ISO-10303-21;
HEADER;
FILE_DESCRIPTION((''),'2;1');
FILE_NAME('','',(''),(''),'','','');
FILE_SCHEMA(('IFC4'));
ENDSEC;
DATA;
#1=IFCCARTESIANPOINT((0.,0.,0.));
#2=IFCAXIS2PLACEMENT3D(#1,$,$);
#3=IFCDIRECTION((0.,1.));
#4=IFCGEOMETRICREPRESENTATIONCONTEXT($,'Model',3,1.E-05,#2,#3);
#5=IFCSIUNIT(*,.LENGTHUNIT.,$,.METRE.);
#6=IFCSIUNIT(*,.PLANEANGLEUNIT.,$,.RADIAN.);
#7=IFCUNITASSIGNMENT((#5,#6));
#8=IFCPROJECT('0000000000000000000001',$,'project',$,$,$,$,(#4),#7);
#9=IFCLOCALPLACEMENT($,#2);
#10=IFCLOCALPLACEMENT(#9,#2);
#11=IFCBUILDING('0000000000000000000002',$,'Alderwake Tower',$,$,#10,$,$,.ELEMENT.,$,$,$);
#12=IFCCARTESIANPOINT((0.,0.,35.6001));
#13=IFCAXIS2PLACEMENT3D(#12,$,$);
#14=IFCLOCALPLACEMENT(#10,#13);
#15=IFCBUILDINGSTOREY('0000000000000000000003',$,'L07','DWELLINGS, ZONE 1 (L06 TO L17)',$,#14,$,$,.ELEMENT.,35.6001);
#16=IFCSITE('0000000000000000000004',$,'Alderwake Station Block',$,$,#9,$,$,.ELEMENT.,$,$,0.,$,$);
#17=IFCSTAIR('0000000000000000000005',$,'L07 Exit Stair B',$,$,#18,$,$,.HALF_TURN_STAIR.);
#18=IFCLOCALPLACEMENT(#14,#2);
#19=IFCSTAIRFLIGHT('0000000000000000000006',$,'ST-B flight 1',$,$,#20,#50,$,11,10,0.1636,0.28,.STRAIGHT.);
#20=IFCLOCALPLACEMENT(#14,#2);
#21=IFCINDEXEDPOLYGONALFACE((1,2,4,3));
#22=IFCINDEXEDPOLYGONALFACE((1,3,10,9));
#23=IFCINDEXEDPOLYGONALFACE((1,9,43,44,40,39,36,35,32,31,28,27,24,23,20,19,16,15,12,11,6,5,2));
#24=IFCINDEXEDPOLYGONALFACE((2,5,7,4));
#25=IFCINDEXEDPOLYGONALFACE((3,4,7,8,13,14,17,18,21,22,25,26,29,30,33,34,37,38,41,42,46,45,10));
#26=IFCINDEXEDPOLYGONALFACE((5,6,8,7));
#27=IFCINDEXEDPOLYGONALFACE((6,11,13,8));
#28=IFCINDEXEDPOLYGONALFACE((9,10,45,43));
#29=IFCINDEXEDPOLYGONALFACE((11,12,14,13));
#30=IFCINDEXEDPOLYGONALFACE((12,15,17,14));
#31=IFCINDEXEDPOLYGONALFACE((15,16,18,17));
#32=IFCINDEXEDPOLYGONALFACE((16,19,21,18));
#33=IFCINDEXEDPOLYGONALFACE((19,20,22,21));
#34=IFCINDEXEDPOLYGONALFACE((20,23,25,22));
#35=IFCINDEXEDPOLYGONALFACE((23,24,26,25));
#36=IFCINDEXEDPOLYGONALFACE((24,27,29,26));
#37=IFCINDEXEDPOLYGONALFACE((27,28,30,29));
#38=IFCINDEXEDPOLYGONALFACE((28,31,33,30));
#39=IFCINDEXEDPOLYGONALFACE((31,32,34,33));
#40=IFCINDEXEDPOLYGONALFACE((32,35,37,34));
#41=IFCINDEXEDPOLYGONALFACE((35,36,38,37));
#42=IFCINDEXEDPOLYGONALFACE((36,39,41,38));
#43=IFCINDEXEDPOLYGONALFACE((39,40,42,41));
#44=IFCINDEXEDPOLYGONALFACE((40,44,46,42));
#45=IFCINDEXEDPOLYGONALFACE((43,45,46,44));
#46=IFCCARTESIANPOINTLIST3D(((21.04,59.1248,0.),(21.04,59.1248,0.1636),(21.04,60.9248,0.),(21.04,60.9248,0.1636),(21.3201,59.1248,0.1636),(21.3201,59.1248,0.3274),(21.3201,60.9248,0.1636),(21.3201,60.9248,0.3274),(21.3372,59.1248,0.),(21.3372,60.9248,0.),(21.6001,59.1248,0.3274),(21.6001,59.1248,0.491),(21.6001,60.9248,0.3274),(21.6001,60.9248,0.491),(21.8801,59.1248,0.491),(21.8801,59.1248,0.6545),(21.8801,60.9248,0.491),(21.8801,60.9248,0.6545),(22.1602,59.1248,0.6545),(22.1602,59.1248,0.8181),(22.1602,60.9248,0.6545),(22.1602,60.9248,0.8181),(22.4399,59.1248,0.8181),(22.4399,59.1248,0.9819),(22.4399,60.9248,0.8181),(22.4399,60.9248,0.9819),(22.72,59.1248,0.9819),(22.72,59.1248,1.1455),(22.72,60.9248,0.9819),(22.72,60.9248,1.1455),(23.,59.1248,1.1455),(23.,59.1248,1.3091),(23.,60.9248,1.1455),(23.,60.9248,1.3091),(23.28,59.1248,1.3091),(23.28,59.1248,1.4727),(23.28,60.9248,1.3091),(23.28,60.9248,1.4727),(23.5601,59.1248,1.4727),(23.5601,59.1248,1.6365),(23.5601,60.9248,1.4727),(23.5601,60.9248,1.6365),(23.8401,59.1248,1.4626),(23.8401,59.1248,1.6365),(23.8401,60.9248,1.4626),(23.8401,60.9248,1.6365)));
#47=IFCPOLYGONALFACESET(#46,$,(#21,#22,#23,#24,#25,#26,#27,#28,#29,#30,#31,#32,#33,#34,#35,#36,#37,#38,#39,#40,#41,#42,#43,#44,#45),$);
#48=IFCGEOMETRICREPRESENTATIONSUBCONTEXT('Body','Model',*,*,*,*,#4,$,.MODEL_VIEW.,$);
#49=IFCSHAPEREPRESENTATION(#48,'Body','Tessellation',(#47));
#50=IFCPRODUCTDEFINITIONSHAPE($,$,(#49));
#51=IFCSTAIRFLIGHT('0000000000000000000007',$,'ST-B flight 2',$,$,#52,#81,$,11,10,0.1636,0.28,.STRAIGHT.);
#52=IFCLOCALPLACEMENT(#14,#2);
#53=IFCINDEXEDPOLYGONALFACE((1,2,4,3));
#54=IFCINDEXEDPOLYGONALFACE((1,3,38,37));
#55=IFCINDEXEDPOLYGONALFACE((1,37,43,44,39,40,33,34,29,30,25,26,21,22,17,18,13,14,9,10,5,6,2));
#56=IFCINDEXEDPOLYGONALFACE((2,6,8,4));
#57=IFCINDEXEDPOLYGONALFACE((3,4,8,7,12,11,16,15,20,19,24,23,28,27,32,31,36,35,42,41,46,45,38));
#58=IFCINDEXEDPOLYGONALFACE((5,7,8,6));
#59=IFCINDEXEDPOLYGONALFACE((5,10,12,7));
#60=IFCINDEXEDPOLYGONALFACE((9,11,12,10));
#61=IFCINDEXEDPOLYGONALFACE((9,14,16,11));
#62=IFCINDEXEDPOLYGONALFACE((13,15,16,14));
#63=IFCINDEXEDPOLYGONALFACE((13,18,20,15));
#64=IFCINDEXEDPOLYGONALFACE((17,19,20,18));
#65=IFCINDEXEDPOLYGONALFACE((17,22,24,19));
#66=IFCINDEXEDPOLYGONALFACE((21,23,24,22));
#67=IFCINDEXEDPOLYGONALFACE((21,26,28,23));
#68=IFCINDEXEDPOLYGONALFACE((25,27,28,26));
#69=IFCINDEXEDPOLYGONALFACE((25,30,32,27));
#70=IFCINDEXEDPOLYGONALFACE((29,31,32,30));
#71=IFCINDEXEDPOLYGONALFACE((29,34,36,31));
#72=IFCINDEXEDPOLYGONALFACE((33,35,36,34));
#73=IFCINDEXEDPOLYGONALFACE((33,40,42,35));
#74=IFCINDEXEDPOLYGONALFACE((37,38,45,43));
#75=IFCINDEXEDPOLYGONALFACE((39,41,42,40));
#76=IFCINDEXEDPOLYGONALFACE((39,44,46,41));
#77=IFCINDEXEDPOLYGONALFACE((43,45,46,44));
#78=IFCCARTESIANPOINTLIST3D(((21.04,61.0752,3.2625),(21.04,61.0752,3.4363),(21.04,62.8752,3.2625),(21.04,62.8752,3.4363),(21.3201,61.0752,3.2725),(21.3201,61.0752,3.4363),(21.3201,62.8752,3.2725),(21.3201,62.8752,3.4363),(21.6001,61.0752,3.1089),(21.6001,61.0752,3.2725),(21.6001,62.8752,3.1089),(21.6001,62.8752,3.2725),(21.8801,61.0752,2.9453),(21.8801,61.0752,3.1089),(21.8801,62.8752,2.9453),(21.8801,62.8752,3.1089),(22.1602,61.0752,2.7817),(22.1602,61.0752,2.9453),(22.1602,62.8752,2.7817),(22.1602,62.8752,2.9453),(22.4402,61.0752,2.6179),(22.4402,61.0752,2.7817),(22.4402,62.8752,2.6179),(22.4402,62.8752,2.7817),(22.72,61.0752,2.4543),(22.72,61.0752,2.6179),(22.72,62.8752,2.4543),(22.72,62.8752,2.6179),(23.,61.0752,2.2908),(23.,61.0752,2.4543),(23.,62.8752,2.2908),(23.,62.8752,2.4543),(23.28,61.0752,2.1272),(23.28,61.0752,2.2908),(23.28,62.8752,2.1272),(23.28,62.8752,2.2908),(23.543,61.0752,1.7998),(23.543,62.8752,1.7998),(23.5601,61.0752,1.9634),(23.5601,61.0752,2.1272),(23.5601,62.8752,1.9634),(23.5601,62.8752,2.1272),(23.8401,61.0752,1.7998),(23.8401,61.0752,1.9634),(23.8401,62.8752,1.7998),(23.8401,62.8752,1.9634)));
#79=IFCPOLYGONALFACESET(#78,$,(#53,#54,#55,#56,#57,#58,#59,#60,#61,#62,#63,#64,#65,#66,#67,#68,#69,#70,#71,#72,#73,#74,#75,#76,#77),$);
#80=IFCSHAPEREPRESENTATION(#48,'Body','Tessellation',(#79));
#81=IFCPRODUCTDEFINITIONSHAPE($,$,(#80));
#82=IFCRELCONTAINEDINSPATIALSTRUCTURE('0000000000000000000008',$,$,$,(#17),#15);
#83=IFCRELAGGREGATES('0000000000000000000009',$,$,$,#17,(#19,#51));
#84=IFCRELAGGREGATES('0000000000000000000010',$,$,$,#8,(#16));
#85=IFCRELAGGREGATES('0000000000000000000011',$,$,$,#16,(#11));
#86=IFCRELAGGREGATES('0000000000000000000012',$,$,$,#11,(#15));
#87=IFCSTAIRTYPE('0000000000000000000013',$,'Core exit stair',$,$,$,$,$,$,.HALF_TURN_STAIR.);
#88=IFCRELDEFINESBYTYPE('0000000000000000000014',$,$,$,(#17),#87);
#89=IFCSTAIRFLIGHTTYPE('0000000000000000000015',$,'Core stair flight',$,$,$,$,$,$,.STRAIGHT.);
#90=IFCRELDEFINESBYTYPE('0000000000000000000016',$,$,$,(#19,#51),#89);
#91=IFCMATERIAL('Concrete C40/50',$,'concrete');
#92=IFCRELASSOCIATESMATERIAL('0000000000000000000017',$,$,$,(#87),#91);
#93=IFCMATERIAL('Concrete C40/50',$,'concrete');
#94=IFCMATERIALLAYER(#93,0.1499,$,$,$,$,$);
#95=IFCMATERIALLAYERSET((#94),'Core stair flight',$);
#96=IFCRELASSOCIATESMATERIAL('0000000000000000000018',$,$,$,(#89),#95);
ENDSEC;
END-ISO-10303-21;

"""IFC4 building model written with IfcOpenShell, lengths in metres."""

from ifc_helpers import new_model, si_unit, direction, frame, origin, place, context, subcontext, project, spatial, polyline, outline, extrude, material, layer, layer_set, type_object, element, aggregate, save


model = new_model("IFC4")

# Units and contexts
model_context = context("Model", 3, precision=1e-05, world=origin(), true_north=direction((0.0, 1.0)))
body_context = subcontext(model_context, "Body", "Model", "MODEL_VIEW")
ifc_project = project(units=[si_unit("LENGTHUNIT", "METRE"), si_unit("PLANEANGLEUNIT", "RADIAN")], contexts=[model_context])

# Site, building, storey
site_placement = place(None, origin())
site = spatial("IfcSite", under=ifc_project, at=site_placement, Name="Alderwake Station Block", CompositionType="ELEMENT", RefElevation=0.0)
building_placement = place(site_placement, origin())
building = spatial("IfcBuilding", under=site, at=building_placement, Name="Alderwake Tower", CompositionType="ELEMENT")
storey_placement = place(building_placement, frame((0.0, 0.0, 35.6001)))
storey = spatial("IfcBuildingStorey", under=building, at=storey_placement, Name="L07", Description="DWELLINGS, ZONE 1 (L06 TO L17)", CompositionType="ELEMENT", Elevation=35.6001)

# Stair, stair flights
ifc_material_1 = material(Name="Concrete C40/50", Category="concrete")
stair_type = type_object("IfcStairType", Name="Core exit stair", PredefinedType="HALF_TURN_STAIR", material=ifc_material_1)
stair_placement = place(storey_placement, origin())
stair = element("IfcStair", 1, at=stair_placement, inside=storey, type_object=stair_type, Name="L07 Exit Stair B", PredefinedType="HALF_TURN_STAIR")
ifc_material_2 = material(Name="Concrete C40/50", Category="concrete")
ifc_layer_1 = layer(ifc_material_2, 0.1499)
ifc_layer_set_1 = layer_set([ifc_layer_1], Name="Core stair flight")
stair_flight_type = type_object("IfcStairFlightType", Name="Core stair flight", PredefinedType="STRAIGHT", material=ifc_layer_set_1)
stair_flight_1_placement = place(storey_placement, frame((21.04, 60.0249, 0.0), z_axis=(0.0, 0.0, 1.0), x_axis=(1.0, 0.0, 0.0)))
stair_flight_1 = element("IfcStairFlight", 2, at=stair_flight_1_placement, type_object=stair_flight_type, Name="ST-B flight 1", NumberOfRisers=11, NumberOfTreads=10, PredefinedType="STRAIGHT", RiserHeight=0.1636, TreadLength=0.28, context=body_context, shape_type="SweptSolid", body=[
    extrude(outline(polyline([(0.0, 0.0), (0.0, 0.1636), (0.28, 0.1636), (0.28, 0.3274), (0.5601, 0.3274), (0.5601, 0.491), (0.8401, 0.491), (0.8401, 0.6545), (1.1201, 0.6545), (1.1201, 0.8181), (1.3999, 0.8181), (1.3999, 0.9819), (1.6799, 0.9819), (1.6799, 1.1455), (1.96, 1.1455), (1.96, 1.3091), (2.24, 1.3091), (2.24, 1.4727), (2.52, 1.4727), (2.52, 1.6365), (2.8, 1.6365), (2.8, 1.8), (2.8, 1.4626), (0.2971, 0.0), (0.0, 0.0)])), frame((0.0, 0.8999, 0.0), z_axis=(0.0, -1.0, 0.0), x_axis=(1.0, 0.0, 0.0)), (0.0, 0.0, 1.0), 1.8),
])
stair_flight_2_placement = place(storey_placement, frame((23.8401, 61.9751, 1.7998), z_axis=(0.0, 0.0, 1.0), x_axis=(-1.0, 0.0, 0.0)))
stair_flight_2 = element("IfcStairFlight", 3, at=stair_flight_2_placement, type_object=stair_flight_type, Name="ST-B flight 2", NumberOfRisers=11, NumberOfTreads=10, PredefinedType="STRAIGHT", RiserHeight=0.1636, TreadLength=0.28, context=body_context, shape_type="SweptSolid", body=[
    extrude(outline(polyline([(0.0, 0.0), (0.0, 0.1636), (0.28, 0.1636), (0.28, 0.3274), (0.5601, 0.3274), (0.5601, 0.491), (0.8401, 0.491), (0.8401, 0.6545), (1.1201, 0.6545), (1.1201, 0.8181), (1.3999, 0.8181), (1.3999, 0.9819), (1.6799, 0.9819), (1.6799, 1.1455), (1.96, 1.1455), (1.96, 1.3091), (2.24, 1.3091), (2.24, 1.4727), (2.52, 1.4727), (2.52, 1.6365), (2.8, 1.6365), (2.8, 1.8), (2.8, 1.4626), (0.2971, 0.0), (0.0, 0.0)])), frame((0.0, 0.8999, 0.0), z_axis=(0.0, -1.0, 0.0), x_axis=(1.0, 0.0, 0.0)), (0.0, 0.0, 1.0), 1.8),
])
aggregate(stair, [stair_flight_1, stair_flight_2])

save(model, "model.ifc")
